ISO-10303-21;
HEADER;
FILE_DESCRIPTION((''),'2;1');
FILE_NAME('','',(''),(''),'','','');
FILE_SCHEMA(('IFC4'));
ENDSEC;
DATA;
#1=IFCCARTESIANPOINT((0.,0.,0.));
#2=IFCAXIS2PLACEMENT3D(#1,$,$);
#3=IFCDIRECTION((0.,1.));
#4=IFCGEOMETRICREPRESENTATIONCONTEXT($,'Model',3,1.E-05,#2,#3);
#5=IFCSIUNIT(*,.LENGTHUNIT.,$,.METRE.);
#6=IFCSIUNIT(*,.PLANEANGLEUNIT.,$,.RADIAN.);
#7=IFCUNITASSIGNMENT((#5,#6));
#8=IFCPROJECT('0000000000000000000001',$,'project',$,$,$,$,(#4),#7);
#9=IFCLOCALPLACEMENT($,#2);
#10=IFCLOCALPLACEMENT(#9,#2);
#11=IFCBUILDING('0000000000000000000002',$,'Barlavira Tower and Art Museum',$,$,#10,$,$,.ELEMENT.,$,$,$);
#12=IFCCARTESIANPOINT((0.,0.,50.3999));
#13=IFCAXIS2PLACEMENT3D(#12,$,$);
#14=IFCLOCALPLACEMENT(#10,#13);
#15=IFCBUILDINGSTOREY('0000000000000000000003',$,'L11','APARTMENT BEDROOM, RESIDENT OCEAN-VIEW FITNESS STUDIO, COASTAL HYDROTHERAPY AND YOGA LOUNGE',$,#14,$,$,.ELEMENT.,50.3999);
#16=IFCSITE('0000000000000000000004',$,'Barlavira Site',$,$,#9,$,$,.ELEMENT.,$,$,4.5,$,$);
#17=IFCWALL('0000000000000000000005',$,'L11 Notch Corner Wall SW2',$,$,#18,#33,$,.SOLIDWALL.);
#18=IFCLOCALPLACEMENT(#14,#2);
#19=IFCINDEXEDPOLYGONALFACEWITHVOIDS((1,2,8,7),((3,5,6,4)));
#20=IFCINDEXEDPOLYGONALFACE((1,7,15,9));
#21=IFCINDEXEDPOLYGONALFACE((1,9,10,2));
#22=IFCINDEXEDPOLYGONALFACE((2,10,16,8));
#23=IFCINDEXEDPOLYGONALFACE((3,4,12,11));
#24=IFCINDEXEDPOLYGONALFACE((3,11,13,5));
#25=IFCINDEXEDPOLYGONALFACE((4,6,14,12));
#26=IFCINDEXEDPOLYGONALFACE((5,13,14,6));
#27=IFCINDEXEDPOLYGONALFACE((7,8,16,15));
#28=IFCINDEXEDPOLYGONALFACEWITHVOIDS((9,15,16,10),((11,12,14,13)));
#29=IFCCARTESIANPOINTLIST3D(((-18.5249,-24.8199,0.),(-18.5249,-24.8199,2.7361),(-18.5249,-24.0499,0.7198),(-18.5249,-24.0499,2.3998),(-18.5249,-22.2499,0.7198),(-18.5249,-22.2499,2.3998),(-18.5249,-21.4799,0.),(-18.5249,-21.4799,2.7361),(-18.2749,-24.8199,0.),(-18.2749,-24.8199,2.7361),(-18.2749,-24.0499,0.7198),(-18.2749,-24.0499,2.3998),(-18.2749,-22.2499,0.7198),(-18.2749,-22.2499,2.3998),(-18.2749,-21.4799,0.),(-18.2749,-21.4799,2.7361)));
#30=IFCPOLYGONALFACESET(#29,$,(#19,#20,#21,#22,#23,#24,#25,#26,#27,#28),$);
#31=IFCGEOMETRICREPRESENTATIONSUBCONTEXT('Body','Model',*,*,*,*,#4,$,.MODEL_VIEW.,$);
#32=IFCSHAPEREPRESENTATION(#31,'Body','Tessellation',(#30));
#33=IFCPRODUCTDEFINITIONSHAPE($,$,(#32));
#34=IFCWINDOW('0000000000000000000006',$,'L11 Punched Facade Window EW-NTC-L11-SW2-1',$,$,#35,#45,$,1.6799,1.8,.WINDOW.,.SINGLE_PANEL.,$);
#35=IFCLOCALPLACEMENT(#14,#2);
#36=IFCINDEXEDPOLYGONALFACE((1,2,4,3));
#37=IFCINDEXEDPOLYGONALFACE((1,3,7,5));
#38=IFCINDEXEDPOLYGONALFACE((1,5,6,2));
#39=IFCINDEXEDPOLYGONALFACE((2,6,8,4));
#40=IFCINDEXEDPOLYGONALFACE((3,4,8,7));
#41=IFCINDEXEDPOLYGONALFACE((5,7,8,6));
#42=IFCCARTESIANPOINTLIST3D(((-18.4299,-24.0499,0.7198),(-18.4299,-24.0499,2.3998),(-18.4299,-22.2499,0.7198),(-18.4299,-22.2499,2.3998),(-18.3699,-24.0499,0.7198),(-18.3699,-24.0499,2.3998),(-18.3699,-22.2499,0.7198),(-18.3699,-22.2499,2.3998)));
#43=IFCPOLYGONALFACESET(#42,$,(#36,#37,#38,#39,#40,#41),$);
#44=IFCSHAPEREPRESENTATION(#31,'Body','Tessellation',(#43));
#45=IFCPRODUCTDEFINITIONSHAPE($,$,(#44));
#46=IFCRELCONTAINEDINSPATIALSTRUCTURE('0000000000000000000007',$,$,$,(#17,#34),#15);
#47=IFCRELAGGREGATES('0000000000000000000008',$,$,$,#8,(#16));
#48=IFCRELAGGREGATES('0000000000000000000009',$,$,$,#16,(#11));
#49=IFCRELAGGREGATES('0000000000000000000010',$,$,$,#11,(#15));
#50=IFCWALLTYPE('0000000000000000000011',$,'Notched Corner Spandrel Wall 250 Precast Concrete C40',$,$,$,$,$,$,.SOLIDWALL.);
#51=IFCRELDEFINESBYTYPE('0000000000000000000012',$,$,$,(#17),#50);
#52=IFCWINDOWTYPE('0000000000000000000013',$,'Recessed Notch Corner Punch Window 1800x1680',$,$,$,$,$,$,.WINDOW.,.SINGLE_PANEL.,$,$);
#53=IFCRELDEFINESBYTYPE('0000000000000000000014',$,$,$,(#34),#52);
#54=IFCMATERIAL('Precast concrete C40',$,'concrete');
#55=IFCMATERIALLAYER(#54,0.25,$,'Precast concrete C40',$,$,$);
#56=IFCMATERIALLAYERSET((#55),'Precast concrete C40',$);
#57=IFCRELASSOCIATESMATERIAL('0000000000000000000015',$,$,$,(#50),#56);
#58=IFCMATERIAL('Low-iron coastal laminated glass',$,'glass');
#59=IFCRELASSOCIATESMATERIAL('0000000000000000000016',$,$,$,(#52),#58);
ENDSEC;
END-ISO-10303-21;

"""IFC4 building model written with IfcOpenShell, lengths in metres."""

from ifc_helpers import new_model, si_unit, direction, frame, frame_2d, origin, place, context, subcontext, project, spatial, rectangle, extrude, material, layer, layer_set, type_object, element, fill, save


model = new_model("IFC4")

# Units and contexts
model_context = context("Model", 3, precision=1e-05, world=origin(), true_north=direction((0.0, 1.0)))
body_context = subcontext(model_context, "Body", "Model", "MODEL_VIEW")
ifc_project = project(units=[si_unit("LENGTHUNIT", "METRE"), si_unit("PLANEANGLEUNIT", "RADIAN")], contexts=[model_context])

# Site, building, storey
site_placement = place(None, origin())
site = spatial("IfcSite", under=ifc_project, at=site_placement, Name="Barlavira Site", CompositionType="ELEMENT", RefElevation=4.5)
building_placement = place(site_placement, origin())
building = spatial("IfcBuilding", under=site, at=building_placement, Name="Barlavira Tower and Art Museum", CompositionType="ELEMENT")
storey_placement = place(building_placement, frame((0.0, 0.0, 50.3999)))
storey = spatial("IfcBuildingStorey", under=building, at=storey_placement, Name="L11", Description="APARTMENT BEDROOM, RESIDENT OCEAN-VIEW FITNESS STUDIO, COASTAL HYDROTHERAPY AND YOGA LOUNGE", CompositionType="ELEMENT", Elevation=50.3999)

# Shared definitions
ifc_material_1 = material(Name="Precast concrete C40", Category="concrete")
ifc_layer_1 = layer(ifc_material_1, 0.25, Name="Precast concrete C40")
ifc_layer_set_1 = layer_set([ifc_layer_1], Name="Precast concrete C40")
wall_type_1 = type_object("IfcWallType", Name="Notched Corner Spandrel Wall 250 Precast Concrete C40", PredefinedType="SOLIDWALL", material=ifc_layer_set_1)
ifc_material_2 = material(Name="Low-iron coastal laminated glass", Category="glass")
window_type_1 = type_object("IfcWindowType", Name="Recessed Notch Corner Punch Window 1800x1680", PartitioningType="SINGLE_PANEL", PredefinedType="WINDOW", material=ifc_material_2)

# Wall, opening, window
wall_1_placement = place(storey_placement, frame((-18.3999, -21.48, 0.0), z_axis=(0.0, 0.0, 1.0), x_axis=(0.0, -1.0, 0.0)))
wall_1 = element("IfcWall", 1, at=wall_1_placement, inside=storey, type_object=wall_type_1, Name="L11 Notch Corner Wall SW2", PredefinedType="SOLIDWALL", context=body_context, shape_type="SweptSolid", body=[
    extrude(rectangle(XDim=3.3401, YDim=0.25, at=frame_2d((1.6699, 0.0))), origin(), (0.0, 0.0, 1.0), 2.7361),
])
opening_1_placement = place(wall_1_placement, frame((0.77, 0.0, 0.72)))
opening_1 = element("IfcOpeningElement", 2, at=opening_1_placement, cuts=wall_1, PredefinedType="OPENING", context=body_context, shape_type="SweptSolid", body=[
    extrude(rectangle(XDim=1.8, YDim=1.6799, at=frame_2d((0.8999, 0.8398))), frame((0.0, 0.135, 0.0), z_axis=(0.0, -1.0, 0.0), x_axis=(1.0, 0.0, 0.0)), (0.0, 0.0, 1.0), 0.27),
])
window_1_placement = place(opening_1_placement, origin())
window_1 = element("IfcWindow", 3, at=window_1_placement, inside=storey, type_object=window_type_1, Name="L11 Punched Facade Window EW-NTC-L11-SW2-1", OverallHeight=1.6799, OverallWidth=1.8, PartitioningType="SINGLE_PANEL", PredefinedType="WINDOW", context=body_context, shape_type="SweptSolid", body=[
    extrude(rectangle(XDim=1.8, YDim=1.6799, at=frame_2d((0.8999, 0.8398))), frame((0.0, 0.03, 0.0), z_axis=(0.0, -1.0, 0.0), x_axis=(1.0, 0.0, 0.0)), (0.0, 0.0, 1.0), 0.0601),
])
fill(opening_1, window_1)

save(model, "model.ifc")
